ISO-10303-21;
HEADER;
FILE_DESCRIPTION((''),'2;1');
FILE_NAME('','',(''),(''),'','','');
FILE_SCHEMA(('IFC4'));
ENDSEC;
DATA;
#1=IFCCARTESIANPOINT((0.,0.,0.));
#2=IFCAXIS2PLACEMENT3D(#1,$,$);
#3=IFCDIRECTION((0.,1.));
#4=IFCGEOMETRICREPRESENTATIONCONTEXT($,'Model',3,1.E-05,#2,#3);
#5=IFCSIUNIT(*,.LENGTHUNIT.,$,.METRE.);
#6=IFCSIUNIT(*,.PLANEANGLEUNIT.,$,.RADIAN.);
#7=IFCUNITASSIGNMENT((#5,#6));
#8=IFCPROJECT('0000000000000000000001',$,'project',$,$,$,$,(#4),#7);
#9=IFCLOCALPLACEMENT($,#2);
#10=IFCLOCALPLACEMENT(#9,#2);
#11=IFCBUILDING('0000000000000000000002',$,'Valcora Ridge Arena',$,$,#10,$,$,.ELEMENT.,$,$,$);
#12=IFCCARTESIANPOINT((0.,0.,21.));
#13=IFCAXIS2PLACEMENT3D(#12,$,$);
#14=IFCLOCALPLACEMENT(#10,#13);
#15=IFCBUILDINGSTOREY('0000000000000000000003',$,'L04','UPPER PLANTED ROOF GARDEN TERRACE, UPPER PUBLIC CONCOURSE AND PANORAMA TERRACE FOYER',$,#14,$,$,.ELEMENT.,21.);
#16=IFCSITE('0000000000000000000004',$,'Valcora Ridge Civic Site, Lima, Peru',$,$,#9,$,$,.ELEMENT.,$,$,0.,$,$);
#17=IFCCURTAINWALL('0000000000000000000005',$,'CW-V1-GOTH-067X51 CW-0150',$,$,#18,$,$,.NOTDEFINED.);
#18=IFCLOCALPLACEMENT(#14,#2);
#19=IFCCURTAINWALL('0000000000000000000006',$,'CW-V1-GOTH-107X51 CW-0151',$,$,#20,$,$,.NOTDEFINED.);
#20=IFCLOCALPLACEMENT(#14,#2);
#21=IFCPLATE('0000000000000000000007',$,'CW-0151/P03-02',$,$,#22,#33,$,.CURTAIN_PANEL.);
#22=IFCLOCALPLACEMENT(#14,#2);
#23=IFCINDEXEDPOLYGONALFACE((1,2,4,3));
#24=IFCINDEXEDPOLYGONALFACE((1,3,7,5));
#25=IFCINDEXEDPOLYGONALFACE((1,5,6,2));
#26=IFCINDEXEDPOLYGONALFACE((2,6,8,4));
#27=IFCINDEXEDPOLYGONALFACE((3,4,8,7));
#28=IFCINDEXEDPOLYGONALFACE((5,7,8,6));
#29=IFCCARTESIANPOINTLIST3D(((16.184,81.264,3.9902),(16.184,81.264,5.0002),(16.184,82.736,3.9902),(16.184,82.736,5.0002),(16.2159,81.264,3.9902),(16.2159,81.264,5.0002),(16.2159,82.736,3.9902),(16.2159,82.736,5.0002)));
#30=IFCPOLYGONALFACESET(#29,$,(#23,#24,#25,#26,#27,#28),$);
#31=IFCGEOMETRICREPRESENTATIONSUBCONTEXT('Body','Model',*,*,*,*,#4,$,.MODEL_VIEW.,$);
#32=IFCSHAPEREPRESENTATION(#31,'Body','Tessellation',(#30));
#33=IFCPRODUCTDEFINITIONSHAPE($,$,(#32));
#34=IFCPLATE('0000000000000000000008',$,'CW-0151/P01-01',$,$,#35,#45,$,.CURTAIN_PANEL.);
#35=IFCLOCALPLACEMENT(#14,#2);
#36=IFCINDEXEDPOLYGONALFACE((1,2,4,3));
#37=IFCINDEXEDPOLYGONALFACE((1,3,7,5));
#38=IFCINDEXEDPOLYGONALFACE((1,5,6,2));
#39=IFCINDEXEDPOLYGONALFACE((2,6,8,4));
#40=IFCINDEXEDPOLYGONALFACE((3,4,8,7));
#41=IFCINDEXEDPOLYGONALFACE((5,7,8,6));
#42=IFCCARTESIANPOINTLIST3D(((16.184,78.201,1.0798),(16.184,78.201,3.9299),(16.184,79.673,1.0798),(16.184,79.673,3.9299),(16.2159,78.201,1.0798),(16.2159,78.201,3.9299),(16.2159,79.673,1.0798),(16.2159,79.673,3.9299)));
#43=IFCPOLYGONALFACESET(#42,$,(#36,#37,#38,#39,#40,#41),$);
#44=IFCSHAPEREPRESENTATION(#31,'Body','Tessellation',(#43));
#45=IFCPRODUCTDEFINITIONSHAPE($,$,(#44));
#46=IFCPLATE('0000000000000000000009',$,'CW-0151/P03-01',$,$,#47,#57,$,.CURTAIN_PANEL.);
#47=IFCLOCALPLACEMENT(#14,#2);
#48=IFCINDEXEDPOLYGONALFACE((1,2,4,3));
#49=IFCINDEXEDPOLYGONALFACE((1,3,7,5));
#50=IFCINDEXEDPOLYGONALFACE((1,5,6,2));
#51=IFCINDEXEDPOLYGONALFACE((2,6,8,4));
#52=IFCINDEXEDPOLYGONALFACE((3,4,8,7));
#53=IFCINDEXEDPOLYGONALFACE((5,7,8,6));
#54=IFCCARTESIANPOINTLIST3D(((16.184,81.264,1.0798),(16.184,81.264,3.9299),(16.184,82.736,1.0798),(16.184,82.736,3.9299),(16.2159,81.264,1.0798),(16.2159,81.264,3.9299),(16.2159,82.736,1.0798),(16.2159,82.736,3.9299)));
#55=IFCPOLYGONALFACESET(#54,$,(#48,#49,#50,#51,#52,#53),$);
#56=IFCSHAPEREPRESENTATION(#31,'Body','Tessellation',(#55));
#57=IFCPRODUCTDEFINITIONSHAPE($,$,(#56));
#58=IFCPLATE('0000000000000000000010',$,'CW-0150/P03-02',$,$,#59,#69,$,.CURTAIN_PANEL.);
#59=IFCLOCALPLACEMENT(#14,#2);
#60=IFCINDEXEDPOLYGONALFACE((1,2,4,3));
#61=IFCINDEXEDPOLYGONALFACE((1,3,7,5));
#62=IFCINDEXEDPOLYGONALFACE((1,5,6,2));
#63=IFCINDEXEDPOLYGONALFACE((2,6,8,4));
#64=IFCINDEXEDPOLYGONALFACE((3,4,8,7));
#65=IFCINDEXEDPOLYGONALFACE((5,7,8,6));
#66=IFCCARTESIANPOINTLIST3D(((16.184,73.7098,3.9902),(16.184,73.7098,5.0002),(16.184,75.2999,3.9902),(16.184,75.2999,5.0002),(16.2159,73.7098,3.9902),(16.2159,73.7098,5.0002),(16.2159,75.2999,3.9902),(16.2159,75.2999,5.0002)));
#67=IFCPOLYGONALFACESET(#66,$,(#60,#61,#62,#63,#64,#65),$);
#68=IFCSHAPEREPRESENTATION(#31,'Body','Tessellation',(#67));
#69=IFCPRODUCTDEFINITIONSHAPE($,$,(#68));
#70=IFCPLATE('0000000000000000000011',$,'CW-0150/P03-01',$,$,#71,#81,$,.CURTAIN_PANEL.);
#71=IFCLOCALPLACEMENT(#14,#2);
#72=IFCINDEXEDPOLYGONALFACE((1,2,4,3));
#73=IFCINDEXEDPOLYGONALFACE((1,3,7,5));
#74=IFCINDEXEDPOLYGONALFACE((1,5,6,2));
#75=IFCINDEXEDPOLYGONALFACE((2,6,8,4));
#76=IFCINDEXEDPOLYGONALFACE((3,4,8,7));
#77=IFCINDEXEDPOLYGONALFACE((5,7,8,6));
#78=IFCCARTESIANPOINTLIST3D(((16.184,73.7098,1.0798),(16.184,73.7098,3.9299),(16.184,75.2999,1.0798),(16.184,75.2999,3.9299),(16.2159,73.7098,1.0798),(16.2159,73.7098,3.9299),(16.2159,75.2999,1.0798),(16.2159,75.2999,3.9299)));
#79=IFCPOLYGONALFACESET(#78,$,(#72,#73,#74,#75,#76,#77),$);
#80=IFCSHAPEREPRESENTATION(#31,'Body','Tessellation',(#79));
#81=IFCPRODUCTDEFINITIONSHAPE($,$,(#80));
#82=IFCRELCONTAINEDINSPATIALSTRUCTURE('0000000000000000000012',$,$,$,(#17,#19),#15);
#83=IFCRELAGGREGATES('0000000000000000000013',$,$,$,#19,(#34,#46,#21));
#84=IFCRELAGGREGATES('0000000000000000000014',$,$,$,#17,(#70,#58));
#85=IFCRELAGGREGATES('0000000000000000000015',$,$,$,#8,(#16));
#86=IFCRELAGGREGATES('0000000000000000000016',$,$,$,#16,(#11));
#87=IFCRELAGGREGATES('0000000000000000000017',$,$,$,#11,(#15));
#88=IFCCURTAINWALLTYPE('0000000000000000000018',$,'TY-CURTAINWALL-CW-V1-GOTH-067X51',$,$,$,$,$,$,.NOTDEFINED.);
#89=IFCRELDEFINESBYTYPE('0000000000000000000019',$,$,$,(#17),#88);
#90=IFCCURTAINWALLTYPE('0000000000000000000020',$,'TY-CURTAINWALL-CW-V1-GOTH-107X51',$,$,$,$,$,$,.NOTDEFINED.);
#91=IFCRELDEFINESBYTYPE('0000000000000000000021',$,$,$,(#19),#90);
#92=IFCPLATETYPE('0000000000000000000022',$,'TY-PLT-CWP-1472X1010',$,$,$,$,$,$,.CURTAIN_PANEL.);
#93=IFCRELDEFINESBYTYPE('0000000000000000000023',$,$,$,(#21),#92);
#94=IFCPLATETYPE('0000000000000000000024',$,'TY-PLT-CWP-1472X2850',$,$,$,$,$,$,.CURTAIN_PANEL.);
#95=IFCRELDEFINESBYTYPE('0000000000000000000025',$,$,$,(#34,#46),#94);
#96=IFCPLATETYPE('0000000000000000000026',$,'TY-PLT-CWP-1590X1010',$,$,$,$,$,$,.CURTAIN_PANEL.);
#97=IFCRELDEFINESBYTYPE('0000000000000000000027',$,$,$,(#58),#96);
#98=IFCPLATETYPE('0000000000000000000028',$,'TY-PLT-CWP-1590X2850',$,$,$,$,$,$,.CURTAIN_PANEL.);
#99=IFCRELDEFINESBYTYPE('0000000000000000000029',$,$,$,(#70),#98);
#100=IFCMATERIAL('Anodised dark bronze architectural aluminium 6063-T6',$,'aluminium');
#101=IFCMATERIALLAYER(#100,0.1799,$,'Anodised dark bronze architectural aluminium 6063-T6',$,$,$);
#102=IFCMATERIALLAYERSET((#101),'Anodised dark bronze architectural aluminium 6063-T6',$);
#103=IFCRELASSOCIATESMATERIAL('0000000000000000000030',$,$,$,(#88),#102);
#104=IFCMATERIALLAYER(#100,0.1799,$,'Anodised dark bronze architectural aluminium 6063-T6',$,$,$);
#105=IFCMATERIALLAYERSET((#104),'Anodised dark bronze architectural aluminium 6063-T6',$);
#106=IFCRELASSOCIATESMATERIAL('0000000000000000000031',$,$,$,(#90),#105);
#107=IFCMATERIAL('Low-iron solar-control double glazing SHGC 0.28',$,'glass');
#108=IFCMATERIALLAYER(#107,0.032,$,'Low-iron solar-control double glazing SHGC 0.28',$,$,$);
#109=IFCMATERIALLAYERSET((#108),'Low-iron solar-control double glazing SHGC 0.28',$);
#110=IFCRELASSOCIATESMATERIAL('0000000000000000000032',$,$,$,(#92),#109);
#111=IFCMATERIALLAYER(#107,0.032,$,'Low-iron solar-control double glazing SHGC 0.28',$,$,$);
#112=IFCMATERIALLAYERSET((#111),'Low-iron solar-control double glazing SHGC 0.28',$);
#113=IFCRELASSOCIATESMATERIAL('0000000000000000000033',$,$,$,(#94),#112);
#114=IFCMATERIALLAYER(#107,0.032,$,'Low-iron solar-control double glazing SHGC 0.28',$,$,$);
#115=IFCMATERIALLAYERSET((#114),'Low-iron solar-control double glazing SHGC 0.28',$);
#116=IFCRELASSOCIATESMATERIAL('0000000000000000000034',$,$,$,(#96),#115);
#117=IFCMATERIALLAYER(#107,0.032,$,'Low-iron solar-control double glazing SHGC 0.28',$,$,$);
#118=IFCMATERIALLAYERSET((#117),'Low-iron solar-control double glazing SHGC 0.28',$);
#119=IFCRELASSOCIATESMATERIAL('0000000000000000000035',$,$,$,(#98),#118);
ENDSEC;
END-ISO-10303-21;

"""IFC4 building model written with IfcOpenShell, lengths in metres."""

from ifc_helpers import new_model, si_unit, direction, frame, origin, origin_2d, place, context, subcontext, project, spatial, rectangle, extrude, material, layer, layer_set, type_object, element, aggregate, save


model = new_model("IFC4")

# Units and contexts
model_context = context("Model", 3, precision=1e-05, world=origin(), true_north=direction((0.0, 1.0)))
body_context = subcontext(model_context, "Body", "Model", "MODEL_VIEW")
ifc_project = project(units=[si_unit("LENGTHUNIT", "METRE"), si_unit("PLANEANGLEUNIT", "RADIAN")], contexts=[model_context])

# Site, building, storey
site_placement = place(None, origin())
site = spatial("IfcSite", under=ifc_project, at=site_placement, Name="Valcora Ridge Civic Site, Lima, Peru", CompositionType="ELEMENT", RefElevation=0.0)
building_placement = place(site_placement, origin())
building = spatial("IfcBuilding", under=site, at=building_placement, Name="Valcora Ridge Arena", CompositionType="ELEMENT")
storey_placement = place(building_placement, frame((0.0, 0.0, 21.0)))
storey = spatial("IfcBuildingStorey", under=building, at=storey_placement, Name="L04", Description="UPPER PLANTED ROOF GARDEN TERRACE, UPPER PUBLIC CONCOURSE AND PANORAMA TERRACE FOYER", CompositionType="ELEMENT", Elevation=21.0)

# Curtain wall
ifc_material_1 = material(Name="Anodised dark bronze architectural aluminium 6063-T6", Category="aluminium")
ifc_layer_1 = layer(ifc_material_1, 0.1799, Name="Anodised dark bronze architectural aluminium 6063-T6")
ifc_layer_set_1 = layer_set([ifc_layer_1], Name="Anodised dark bronze architectural aluminium 6063-T6")
curtain_wall_type_1 = type_object("IfcCurtainWallType", Name="TY-CURTAINWALL-CW-V1-GOTH-067X51", PredefinedType="NOTDEFINED", material=ifc_layer_set_1)
curtain_wall_1_placement = place(storey_placement, origin())
curtain_wall_1 = element("IfcCurtainWall", 1, at=curtain_wall_1_placement, inside=storey, type_object=curtain_wall_type_1, Name="CW-V1-GOTH-067X51 CW-0150", PredefinedType="NOTDEFINED")

# Curtain wall, plates
ifc_layer_2 = layer(ifc_material_1, 0.1799, Name="Anodised dark bronze architectural aluminium 6063-T6")
ifc_layer_set_2 = layer_set([ifc_layer_2], Name="Anodised dark bronze architectural aluminium 6063-T6")
curtain_wall_type_2 = type_object("IfcCurtainWallType", Name="TY-CURTAINWALL-CW-V1-GOTH-107X51", PredefinedType="NOTDEFINED", material=ifc_layer_set_2)
curtain_wall_2_placement = place(storey_placement, origin())
curtain_wall_2 = element("IfcCurtainWall", 2, at=curtain_wall_2_placement, inside=storey, type_object=curtain_wall_type_2, Name="CW-V1-GOTH-107X51 CW-0151", PredefinedType="NOTDEFINED")
ifc_material_2 = material(Name="Low-iron solar-control double glazing SHGC 0.28", Category="glass")
ifc_layer_3 = layer(ifc_material_2, 0.032, Name="Low-iron solar-control double glazing SHGC 0.28")
ifc_layer_set_3 = layer_set([ifc_layer_3], Name="Low-iron solar-control double glazing SHGC 0.28")
plate_type_1 = type_object("IfcPlateType", Name="TY-PLT-CWP-1472X1010", PredefinedType="CURTAIN_PANEL", material=ifc_layer_set_3)
plate_1_placement = place(storey_placement, frame((16.2, 82.0, 3.9902), z_axis=(0.0, 0.0, 1.0), x_axis=(0.0, 1.0, 0.0)))
plate_1 = element("IfcPlate", 3, at=plate_1_placement, type_object=plate_type_1, Name="CW-0151/P03-02", PredefinedType="CURTAIN_PANEL", context=body_context, shape_type="SweptSolid", body=[
    extrude(rectangle(XDim=1.4719, YDim=0.032, at=origin_2d()), origin(), (0.0, 0.0, 1.0), 1.01),
])
ifc_layer_4 = layer(ifc_material_2, 0.032, Name="Low-iron solar-control double glazing SHGC 0.28")
ifc_layer_set_4 = layer_set([ifc_layer_4], Name="Low-iron solar-control double glazing SHGC 0.28")
plate_type_2 = type_object("IfcPlateType", Name="TY-PLT-CWP-1472X2850", PredefinedType="CURTAIN_PANEL", material=ifc_layer_set_4)
plate_2_placement = place(storey_placement, frame((16.2, 78.937, 1.0798), z_axis=(0.0, 0.0, 1.0), x_axis=(0.0, 1.0, 0.0)))
plate_2 = element("IfcPlate", 4, at=plate_2_placement, type_object=plate_type_2, Name="CW-0151/P01-01", PredefinedType="CURTAIN_PANEL", context=body_context, shape_type="SweptSolid", body=[
    extrude(rectangle(XDim=1.4719, YDim=0.032, at=origin_2d()), origin(), (0.0, 0.0, 1.0), 2.8501),
])
plate_3_placement = place(storey_placement, frame((16.2, 82.0, 1.0798), z_axis=(0.0, 0.0, 1.0), x_axis=(0.0, 1.0, 0.0)))
plate_3 = element("IfcPlate", 5, at=plate_3_placement, type_object=plate_type_2, Name="CW-0151/P03-01", PredefinedType="CURTAIN_PANEL", context=body_context, shape_type="SweptSolid", body=[
    extrude(rectangle(XDim=1.4719, YDim=0.032, at=origin_2d()), origin(), (0.0, 0.0, 1.0), 2.8501),
])
aggregate(curtain_wall_2, [plate_2, plate_3, plate_1])

# Plates
ifc_layer_5 = layer(ifc_material_2, 0.032, Name="Low-iron solar-control double glazing SHGC 0.28")
ifc_layer_set_5 = layer_set([ifc_layer_5], Name="Low-iron solar-control double glazing SHGC 0.28")
plate_type_3 = type_object("IfcPlateType", Name="TY-PLT-CWP-1590X1010", PredefinedType="CURTAIN_PANEL", material=ifc_layer_set_5)
plate_4_placement = place(storey_placement, frame((16.2, 74.5049, 3.9902), z_axis=(0.0, 0.0, 1.0), x_axis=(0.0, 1.0, 0.0)))
plate_4 = element("IfcPlate", 6, at=plate_4_placement, type_object=plate_type_3, Name="CW-0150/P03-02", PredefinedType="CURTAIN_PANEL", context=body_context, shape_type="SweptSolid", body=[
    extrude(rectangle(XDim=1.5901, YDim=0.032, at=origin_2d()), origin(), (0.0, 0.0, 1.0), 1.01),
])
ifc_layer_6 = layer(ifc_material_2, 0.032, Name="Low-iron solar-control double glazing SHGC 0.28")
ifc_layer_set_6 = layer_set([ifc_layer_6], Name="Low-iron solar-control double glazing SHGC 0.28")
plate_type_4 = type_object("IfcPlateType", Name="TY-PLT-CWP-1590X2850", PredefinedType="CURTAIN_PANEL", material=ifc_layer_set_6)
plate_5_placement = place(storey_placement, frame((16.2, 74.5049, 1.0798), z_axis=(0.0, 0.0, 1.0), x_axis=(0.0, 1.0, 0.0)))
plate_5 = element("IfcPlate", 7, at=plate_5_placement, type_object=plate_type_4, Name="CW-0150/P03-01", PredefinedType="CURTAIN_PANEL", context=body_context, shape_type="SweptSolid", body=[
    extrude(rectangle(XDim=1.5901, YDim=0.032, at=origin_2d()), origin(), (0.0, 0.0, 1.0), 2.8501),
])
aggregate(curtain_wall_1, [plate_5, plate_4])

save(model, "model.ifc")
